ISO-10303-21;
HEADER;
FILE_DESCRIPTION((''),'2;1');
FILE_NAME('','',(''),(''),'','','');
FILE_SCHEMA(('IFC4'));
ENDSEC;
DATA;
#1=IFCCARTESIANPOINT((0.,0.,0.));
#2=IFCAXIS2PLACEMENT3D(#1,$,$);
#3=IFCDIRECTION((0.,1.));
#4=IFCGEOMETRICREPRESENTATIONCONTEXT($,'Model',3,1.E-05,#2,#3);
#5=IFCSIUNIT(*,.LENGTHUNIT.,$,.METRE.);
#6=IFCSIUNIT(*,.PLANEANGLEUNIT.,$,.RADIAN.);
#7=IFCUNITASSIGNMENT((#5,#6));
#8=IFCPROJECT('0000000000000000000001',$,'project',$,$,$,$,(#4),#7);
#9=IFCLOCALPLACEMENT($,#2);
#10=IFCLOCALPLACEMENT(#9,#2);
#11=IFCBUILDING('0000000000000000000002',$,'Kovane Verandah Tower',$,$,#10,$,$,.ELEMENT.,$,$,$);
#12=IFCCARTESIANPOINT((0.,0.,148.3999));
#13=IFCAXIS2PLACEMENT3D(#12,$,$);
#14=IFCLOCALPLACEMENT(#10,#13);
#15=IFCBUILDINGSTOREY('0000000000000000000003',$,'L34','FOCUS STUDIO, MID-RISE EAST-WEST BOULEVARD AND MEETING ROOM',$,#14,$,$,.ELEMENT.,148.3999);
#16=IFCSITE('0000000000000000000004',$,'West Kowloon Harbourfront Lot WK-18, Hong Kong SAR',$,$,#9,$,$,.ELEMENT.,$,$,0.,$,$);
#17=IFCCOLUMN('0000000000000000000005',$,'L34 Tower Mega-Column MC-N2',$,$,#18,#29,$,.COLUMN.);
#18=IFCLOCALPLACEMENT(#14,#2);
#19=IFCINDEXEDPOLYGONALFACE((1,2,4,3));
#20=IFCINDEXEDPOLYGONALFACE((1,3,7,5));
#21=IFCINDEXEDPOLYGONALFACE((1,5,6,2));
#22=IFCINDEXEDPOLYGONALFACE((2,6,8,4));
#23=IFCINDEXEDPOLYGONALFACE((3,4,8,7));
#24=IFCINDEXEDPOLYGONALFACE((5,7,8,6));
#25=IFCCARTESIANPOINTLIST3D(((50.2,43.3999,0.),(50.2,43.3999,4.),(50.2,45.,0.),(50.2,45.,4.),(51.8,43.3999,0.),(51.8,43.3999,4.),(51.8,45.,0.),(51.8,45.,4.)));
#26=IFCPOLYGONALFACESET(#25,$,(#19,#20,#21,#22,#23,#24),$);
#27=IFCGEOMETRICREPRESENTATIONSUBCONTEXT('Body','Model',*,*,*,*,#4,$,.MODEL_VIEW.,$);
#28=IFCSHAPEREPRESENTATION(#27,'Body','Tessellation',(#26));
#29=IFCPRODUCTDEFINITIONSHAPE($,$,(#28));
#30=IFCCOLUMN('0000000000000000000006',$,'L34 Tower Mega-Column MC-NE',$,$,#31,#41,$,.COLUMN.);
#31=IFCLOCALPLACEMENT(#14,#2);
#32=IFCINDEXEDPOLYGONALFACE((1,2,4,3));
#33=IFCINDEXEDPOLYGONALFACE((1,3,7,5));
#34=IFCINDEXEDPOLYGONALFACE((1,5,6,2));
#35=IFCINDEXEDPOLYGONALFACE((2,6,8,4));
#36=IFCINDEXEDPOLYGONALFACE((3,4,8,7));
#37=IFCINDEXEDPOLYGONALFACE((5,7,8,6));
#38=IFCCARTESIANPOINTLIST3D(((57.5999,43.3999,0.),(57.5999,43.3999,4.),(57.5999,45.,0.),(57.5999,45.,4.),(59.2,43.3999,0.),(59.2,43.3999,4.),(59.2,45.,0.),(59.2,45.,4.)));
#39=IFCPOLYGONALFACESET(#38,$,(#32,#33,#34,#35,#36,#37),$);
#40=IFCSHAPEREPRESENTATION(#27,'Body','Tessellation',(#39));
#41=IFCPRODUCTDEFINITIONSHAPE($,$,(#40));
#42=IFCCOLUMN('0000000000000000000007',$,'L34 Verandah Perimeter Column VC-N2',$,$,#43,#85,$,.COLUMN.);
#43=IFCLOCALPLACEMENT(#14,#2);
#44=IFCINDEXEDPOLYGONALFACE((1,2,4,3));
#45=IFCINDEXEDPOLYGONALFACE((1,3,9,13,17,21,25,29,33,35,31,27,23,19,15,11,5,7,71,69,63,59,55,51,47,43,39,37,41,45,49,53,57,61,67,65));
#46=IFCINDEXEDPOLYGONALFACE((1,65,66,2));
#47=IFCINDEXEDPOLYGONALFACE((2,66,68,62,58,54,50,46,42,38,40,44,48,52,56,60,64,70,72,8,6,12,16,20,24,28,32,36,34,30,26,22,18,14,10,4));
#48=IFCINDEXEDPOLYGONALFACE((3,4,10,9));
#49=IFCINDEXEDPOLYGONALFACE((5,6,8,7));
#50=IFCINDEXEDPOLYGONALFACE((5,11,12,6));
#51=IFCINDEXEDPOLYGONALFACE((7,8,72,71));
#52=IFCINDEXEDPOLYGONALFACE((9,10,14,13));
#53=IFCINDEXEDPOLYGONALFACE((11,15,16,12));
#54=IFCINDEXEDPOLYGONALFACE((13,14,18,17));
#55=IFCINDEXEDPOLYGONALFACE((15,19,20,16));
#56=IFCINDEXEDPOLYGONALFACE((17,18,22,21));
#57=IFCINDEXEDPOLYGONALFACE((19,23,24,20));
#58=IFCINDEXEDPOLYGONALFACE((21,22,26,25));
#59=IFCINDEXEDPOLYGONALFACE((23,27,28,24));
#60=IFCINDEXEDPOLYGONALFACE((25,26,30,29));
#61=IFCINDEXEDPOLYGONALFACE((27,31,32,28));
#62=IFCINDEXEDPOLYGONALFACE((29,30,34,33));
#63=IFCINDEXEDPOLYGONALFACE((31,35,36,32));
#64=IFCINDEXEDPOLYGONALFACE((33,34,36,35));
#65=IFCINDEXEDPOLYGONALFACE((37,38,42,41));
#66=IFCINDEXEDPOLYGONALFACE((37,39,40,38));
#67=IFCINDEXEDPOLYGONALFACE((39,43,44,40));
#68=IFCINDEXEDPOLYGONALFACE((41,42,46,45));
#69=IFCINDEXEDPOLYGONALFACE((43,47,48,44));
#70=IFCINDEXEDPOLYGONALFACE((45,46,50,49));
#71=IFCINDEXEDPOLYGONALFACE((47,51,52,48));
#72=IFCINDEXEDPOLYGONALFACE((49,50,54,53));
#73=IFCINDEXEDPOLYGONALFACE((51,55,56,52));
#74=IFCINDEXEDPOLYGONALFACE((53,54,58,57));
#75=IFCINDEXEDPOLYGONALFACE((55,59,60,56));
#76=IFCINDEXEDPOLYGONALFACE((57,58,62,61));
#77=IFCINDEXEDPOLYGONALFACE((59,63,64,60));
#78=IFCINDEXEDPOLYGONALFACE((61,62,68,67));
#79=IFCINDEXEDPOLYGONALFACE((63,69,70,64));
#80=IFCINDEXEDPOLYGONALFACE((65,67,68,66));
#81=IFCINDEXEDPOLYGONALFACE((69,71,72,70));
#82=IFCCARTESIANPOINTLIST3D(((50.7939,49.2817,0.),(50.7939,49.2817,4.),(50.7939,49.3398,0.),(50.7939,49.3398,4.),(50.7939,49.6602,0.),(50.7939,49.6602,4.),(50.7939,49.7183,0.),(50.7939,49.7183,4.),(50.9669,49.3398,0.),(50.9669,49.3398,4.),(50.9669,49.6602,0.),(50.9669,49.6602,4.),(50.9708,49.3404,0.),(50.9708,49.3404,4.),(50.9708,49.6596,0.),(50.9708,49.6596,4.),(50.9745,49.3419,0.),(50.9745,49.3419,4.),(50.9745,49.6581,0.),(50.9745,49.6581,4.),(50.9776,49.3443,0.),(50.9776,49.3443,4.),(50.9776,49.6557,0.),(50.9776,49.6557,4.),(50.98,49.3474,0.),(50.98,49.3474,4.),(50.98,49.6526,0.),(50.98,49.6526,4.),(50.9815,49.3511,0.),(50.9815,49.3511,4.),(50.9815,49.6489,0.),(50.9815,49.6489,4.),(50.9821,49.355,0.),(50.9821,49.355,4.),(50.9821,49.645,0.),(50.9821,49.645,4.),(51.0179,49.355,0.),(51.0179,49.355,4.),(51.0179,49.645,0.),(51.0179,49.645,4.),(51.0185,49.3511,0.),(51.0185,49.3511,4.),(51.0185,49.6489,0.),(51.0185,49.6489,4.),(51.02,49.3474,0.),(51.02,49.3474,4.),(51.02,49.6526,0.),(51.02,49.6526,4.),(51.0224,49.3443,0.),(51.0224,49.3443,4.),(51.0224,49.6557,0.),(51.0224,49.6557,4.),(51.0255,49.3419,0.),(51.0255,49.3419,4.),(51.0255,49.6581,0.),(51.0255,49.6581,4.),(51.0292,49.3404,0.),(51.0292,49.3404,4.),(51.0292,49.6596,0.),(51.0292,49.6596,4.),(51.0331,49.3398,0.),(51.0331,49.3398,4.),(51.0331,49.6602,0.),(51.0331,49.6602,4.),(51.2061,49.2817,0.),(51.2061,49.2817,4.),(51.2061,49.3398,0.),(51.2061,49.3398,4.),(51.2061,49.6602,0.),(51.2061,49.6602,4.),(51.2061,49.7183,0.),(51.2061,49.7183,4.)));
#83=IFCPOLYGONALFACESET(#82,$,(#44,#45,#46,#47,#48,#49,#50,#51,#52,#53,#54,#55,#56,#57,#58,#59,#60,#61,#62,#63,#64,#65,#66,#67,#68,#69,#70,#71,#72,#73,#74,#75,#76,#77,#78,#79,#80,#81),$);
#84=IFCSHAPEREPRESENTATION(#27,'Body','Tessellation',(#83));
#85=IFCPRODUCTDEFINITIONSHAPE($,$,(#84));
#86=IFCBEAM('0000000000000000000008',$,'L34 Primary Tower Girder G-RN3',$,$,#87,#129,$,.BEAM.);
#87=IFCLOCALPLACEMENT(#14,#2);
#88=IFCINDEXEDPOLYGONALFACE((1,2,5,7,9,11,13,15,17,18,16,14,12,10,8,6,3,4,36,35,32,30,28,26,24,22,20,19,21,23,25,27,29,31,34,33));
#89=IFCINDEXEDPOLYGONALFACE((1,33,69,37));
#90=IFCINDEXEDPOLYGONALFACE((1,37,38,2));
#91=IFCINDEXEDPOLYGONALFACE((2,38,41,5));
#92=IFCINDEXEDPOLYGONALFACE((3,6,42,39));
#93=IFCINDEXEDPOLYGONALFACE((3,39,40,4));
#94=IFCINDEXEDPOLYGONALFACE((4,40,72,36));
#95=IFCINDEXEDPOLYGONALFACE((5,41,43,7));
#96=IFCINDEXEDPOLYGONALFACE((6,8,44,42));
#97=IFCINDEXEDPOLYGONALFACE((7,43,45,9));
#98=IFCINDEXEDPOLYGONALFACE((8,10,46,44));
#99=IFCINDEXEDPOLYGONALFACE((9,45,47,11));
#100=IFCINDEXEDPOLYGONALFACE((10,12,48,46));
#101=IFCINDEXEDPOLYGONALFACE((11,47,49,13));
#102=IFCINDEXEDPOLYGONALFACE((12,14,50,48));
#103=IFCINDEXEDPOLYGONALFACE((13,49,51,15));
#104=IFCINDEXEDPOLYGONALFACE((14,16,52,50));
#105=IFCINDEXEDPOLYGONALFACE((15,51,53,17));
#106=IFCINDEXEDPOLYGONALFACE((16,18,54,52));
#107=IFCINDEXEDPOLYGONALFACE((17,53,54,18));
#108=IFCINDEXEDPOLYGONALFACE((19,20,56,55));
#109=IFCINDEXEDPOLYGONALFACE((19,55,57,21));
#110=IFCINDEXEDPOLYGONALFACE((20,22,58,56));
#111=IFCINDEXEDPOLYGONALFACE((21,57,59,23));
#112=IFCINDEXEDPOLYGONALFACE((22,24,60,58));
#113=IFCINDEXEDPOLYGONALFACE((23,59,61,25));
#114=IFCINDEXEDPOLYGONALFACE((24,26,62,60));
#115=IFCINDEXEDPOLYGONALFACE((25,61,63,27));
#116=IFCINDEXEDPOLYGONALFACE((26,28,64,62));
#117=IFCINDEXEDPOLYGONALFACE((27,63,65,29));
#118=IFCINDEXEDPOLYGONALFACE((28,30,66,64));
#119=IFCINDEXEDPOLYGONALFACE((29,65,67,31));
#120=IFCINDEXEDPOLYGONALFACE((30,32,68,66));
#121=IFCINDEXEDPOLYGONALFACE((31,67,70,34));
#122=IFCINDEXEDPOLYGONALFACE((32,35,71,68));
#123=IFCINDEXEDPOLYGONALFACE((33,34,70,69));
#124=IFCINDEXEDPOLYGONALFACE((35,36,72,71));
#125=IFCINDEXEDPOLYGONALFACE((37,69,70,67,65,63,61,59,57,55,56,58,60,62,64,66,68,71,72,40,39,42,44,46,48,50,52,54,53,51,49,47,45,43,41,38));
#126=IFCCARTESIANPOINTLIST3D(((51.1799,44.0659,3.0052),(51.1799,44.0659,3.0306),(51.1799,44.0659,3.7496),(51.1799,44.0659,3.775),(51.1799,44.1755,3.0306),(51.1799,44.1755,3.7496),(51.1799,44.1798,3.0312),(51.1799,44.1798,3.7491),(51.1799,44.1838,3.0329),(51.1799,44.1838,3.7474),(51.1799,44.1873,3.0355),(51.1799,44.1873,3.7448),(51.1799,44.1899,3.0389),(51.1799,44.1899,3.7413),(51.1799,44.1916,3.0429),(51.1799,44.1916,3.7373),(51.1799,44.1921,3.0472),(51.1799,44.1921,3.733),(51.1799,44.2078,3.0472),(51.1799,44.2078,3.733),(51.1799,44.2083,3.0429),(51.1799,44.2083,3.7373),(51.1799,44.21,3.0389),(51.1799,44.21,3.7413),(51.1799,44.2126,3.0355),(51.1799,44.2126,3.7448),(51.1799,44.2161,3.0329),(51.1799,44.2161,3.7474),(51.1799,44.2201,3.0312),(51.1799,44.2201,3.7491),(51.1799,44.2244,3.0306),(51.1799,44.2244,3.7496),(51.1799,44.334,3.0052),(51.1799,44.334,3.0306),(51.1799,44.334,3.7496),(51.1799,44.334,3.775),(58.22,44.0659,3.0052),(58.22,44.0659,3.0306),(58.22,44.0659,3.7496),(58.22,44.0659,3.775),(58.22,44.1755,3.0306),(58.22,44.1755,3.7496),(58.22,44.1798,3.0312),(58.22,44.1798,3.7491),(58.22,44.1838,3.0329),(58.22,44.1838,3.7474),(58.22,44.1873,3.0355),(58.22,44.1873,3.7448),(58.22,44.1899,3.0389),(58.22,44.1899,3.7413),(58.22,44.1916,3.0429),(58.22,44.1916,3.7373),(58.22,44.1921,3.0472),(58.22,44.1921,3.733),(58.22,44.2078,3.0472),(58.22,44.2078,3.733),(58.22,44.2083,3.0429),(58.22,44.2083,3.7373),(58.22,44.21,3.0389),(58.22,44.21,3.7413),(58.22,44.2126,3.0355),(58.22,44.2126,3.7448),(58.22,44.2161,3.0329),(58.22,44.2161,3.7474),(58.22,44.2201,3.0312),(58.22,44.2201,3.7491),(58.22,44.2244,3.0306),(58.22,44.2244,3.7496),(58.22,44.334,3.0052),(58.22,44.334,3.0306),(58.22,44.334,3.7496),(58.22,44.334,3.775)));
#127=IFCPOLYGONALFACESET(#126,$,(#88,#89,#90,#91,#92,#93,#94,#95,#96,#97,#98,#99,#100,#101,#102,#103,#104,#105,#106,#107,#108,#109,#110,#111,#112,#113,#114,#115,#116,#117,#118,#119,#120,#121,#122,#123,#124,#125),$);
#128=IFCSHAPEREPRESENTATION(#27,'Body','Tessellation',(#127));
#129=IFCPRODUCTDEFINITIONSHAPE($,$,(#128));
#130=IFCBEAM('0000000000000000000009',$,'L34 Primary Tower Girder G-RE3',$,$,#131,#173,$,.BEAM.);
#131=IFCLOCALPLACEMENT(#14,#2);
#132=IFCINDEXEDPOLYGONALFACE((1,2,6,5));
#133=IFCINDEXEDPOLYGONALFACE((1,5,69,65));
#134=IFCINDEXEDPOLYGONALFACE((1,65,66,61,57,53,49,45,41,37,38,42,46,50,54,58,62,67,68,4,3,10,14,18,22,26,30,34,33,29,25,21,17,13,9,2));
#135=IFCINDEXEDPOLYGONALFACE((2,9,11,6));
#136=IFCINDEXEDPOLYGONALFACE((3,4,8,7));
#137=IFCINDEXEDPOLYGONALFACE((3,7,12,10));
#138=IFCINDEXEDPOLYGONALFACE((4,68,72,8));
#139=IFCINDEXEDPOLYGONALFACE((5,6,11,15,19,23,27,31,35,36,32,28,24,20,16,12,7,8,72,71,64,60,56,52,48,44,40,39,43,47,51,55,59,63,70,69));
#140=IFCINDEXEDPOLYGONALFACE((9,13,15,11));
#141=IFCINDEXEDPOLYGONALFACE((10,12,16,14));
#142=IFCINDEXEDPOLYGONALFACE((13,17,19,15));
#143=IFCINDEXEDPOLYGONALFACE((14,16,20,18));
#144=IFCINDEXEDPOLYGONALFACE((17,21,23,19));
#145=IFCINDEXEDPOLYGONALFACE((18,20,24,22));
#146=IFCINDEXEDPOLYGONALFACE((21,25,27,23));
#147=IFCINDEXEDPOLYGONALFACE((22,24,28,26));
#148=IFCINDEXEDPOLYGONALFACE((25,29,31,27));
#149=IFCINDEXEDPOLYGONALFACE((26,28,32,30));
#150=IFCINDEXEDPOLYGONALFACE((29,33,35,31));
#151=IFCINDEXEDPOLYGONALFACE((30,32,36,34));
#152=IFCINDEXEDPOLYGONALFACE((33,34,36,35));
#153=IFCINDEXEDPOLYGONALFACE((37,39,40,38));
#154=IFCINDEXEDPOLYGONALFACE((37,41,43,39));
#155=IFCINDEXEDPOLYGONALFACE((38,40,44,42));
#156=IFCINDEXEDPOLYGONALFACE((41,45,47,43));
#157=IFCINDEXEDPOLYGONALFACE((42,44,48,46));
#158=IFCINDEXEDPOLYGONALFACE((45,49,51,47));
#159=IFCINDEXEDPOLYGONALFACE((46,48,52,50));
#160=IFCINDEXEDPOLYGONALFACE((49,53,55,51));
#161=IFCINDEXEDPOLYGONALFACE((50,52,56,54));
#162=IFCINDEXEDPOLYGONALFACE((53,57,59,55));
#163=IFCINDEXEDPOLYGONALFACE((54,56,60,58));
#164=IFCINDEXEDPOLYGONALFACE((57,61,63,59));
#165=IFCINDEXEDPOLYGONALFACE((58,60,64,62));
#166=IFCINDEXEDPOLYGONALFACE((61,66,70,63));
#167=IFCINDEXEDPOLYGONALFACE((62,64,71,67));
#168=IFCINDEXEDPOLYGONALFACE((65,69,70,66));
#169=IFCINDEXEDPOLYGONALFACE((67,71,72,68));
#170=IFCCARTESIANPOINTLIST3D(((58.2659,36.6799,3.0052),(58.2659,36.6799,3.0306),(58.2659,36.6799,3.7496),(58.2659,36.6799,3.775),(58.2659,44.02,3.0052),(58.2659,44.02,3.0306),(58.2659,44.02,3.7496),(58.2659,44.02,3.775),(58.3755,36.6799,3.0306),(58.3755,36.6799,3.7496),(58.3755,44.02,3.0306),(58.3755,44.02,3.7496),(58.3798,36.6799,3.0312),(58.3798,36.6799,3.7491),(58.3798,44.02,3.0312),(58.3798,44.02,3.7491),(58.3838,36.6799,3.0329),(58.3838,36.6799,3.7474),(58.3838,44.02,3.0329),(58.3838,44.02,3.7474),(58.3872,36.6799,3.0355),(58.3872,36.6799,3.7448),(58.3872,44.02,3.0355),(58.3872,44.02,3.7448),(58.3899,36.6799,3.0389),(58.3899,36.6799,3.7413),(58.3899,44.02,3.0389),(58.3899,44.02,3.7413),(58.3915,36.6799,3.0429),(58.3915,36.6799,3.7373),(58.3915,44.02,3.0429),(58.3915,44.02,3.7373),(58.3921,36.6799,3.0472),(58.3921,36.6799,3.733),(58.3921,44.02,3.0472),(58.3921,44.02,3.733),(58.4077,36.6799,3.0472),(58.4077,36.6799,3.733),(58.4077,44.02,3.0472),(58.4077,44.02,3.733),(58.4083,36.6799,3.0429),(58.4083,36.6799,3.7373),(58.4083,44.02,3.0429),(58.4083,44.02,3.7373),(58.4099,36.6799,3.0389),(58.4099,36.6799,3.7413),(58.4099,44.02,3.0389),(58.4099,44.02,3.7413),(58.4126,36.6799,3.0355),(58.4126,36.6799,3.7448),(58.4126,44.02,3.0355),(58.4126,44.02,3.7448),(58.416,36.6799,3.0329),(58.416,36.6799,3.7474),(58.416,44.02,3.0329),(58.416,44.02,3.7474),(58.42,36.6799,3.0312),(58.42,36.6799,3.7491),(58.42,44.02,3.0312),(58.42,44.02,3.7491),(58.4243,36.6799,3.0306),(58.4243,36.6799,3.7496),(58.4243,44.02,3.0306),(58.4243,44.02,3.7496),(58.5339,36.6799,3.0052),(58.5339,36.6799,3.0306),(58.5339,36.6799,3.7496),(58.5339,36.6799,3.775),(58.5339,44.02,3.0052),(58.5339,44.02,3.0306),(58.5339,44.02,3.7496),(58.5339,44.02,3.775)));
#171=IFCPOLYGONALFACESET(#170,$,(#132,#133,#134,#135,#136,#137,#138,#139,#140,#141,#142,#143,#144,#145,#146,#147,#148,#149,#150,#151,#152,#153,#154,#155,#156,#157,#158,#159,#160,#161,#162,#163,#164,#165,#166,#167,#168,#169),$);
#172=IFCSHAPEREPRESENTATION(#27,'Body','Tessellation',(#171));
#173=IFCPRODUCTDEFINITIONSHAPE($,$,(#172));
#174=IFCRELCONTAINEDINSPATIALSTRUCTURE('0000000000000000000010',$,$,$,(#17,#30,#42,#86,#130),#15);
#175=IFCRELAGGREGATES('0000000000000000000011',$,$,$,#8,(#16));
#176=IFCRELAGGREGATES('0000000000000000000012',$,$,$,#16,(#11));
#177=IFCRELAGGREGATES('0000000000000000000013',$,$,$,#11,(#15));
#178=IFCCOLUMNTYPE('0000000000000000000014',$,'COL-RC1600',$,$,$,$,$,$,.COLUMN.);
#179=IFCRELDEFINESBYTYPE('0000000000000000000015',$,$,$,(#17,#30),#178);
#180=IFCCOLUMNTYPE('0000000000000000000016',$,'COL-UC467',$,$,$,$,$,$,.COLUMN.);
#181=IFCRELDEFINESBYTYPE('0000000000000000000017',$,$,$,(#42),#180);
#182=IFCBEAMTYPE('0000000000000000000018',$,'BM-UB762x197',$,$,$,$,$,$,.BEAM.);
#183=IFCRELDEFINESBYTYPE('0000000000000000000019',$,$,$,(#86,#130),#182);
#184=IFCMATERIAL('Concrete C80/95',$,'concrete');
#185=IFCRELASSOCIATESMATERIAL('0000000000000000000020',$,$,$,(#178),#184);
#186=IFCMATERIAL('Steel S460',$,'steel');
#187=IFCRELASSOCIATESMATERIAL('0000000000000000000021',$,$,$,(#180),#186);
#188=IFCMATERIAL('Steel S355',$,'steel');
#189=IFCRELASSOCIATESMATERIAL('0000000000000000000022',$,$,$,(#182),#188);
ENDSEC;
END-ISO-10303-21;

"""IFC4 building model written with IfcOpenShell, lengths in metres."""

from ifc_helpers import new_model, si_unit, direction, frame, origin, origin_2d, place, context, subcontext, project, spatial, rectangle, i_section, extrude, material, material_profile, profile_set, type_object, element, save


model = new_model("IFC4")

# Units and contexts
model_context = context("Model", 3, precision=1e-05, world=origin(), true_north=direction((0.0, 1.0)))
body_context = subcontext(model_context, "Body", "Model", "MODEL_VIEW")
ifc_project = project(units=[si_unit("LENGTHUNIT", "METRE"), si_unit("PLANEANGLEUNIT", "RADIAN")], contexts=[model_context])

# Site, building, storey
site_placement = place(None, origin())
site = spatial("IfcSite", under=ifc_project, at=site_placement, Name="West Kowloon Harbourfront Lot WK-18, Hong Kong SAR", CompositionType="ELEMENT", RefElevation=0.0)
building_placement = place(site_placement, origin())
building = spatial("IfcBuilding", under=site, at=building_placement, Name="Kovane Verandah Tower", CompositionType="ELEMENT")
storey_placement = place(building_placement, frame((0.0, 0.0, 148.3999)))
storey = spatial("IfcBuildingStorey", under=building, at=storey_placement, Name="L34", Description="FOCUS STUDIO, MID-RISE EAST-WEST BOULEVARD AND MEETING ROOM", CompositionType="ELEMENT", Elevation=148.3999)

# Columns
ifc_material_1 = material(Name="Concrete C80/95", Category="concrete")
ifc_material_profile_1 = material_profile(ifc_material_1, rectangle(XDim=1.6001, YDim=1.6001, at=origin_2d()), Name="RC1600x1600")
ifc_profile_set_1 = profile_set([ifc_material_profile_1], Name="Concrete C80/95")
column_type_1 = type_object("IfcColumnType", Name="COL-RC1600", PredefinedType="COLUMN", material=ifc_profile_set_1)
for number, where, z_axis, x_axis, name in (
    (1, (51.0, 44.2, 0.0), (0.0, 0.0, 1.0), (1.0, 0.0, 0.0), "L34 Tower Mega-Column MC-N2"),
    (2, (58.3999, 44.2, 0.0), (0.0, 0.0, 1.0), (1.0, 0.0, 0.0), "L34 Tower Mega-Column MC-NE"),
):
    element("IfcColumn", number, at=place(storey_placement, frame(where, z_axis=z_axis, x_axis=x_axis)), inside=storey, type_object=column_type_1, Name=name, PredefinedType="COLUMN", context=body_context, shape_type="SweptSolid", body=[
        extrude(rectangle(XDim=1.6001, YDim=1.6001, at=origin_2d()), origin(), (0.0, 0.0, 1.0), 4.0),
    ])
ifc_material_2 = material(Name="Steel S460", Category="steel")
ifc_material_profile_2 = material_profile(ifc_material_2, i_section(OverallWidth=0.4121, OverallDepth=0.4365, WebThickness=0.0359, FlangeThickness=0.0581, FilletRadius=0.0151, at=origin_2d()), Name="UC356x406x467")
ifc_profile_set_2 = profile_set([ifc_material_profile_2], Name="Steel S460")
column_type_2 = type_object("IfcColumnType", Name="COL-UC467", PredefinedType="COLUMN", material=ifc_profile_set_2)
column_placement = place(storey_placement, frame((51.0, 49.5, 0.0), z_axis=(0.0, 0.0, 1.0), x_axis=(1.0, 0.0, 0.0)))
element("IfcColumn", 3, at=column_placement, inside=storey, type_object=column_type_2, Name="L34 Verandah Perimeter Column VC-N2", PredefinedType="COLUMN", context=body_context, shape_type="SweptSolid", body=[
    extrude(i_section(OverallWidth=0.4121, OverallDepth=0.4365, WebThickness=0.0359, FlangeThickness=0.0581, FilletRadius=0.0151, at=origin_2d()), origin(), (0.0, 0.0, 1.0), 4.0),
])

# Beams
ifc_material_3 = material(Name="Steel S355", Category="steel")
ifc_material_profile_3 = material_profile(ifc_material_3, i_section(OverallWidth=0.2681, OverallDepth=0.7698, WebThickness=0.0156, FlangeThickness=0.0254, FilletRadius=0.0166, at=origin_2d()), Name="UB762x267x197")
ifc_profile_set_3 = profile_set([ifc_material_profile_3], Name="Steel S355")
beam_type_1 = type_object("IfcBeamType", Name="BM-UB762x197", PredefinedType="BEAM", material=ifc_profile_set_3)
beam_1_placement = place(storey_placement, frame((51.1799, 44.2, 3.3901), z_axis=(1.0, 0.0, 0.0), x_axis=(0.0, 1.0, 0.0)))
element("IfcBeam", 4, at=beam_1_placement, inside=storey, type_object=beam_type_1, Name="L34 Primary Tower Girder G-RN3", PredefinedType="BEAM", context=body_context, shape_type="SweptSolid", body=[
    extrude(i_section(OverallWidth=0.2681, OverallDepth=0.7698, WebThickness=0.0156, FlangeThickness=0.0254, FilletRadius=0.0166, at=origin_2d()), origin(), (0.0, 0.0, 1.0), 7.04),
])
for number, where, z_axis, x_axis, name in (
    (5, (58.3999, 36.6799, 3.3901), (0.0, 1.0, 0.0), (-1.0, 0.0, 0.0), "L34 Primary Tower Girder G-RE3"),
):
    element("IfcBeam", number, at=place(storey_placement, frame(where, z_axis=z_axis, x_axis=x_axis)), inside=storey, type_object=beam_type_1, Name=name, PredefinedType="BEAM", context=body_context, shape_type="SweptSolid", body=[
        extrude(i_section(OverallWidth=0.2681, OverallDepth=0.7698, WebThickness=0.0156, FlangeThickness=0.0254, FilletRadius=0.0166, at=origin_2d()), origin(), (0.0, 0.0, 1.0), 7.3401),
    ])

save(model, "model.ifc")
